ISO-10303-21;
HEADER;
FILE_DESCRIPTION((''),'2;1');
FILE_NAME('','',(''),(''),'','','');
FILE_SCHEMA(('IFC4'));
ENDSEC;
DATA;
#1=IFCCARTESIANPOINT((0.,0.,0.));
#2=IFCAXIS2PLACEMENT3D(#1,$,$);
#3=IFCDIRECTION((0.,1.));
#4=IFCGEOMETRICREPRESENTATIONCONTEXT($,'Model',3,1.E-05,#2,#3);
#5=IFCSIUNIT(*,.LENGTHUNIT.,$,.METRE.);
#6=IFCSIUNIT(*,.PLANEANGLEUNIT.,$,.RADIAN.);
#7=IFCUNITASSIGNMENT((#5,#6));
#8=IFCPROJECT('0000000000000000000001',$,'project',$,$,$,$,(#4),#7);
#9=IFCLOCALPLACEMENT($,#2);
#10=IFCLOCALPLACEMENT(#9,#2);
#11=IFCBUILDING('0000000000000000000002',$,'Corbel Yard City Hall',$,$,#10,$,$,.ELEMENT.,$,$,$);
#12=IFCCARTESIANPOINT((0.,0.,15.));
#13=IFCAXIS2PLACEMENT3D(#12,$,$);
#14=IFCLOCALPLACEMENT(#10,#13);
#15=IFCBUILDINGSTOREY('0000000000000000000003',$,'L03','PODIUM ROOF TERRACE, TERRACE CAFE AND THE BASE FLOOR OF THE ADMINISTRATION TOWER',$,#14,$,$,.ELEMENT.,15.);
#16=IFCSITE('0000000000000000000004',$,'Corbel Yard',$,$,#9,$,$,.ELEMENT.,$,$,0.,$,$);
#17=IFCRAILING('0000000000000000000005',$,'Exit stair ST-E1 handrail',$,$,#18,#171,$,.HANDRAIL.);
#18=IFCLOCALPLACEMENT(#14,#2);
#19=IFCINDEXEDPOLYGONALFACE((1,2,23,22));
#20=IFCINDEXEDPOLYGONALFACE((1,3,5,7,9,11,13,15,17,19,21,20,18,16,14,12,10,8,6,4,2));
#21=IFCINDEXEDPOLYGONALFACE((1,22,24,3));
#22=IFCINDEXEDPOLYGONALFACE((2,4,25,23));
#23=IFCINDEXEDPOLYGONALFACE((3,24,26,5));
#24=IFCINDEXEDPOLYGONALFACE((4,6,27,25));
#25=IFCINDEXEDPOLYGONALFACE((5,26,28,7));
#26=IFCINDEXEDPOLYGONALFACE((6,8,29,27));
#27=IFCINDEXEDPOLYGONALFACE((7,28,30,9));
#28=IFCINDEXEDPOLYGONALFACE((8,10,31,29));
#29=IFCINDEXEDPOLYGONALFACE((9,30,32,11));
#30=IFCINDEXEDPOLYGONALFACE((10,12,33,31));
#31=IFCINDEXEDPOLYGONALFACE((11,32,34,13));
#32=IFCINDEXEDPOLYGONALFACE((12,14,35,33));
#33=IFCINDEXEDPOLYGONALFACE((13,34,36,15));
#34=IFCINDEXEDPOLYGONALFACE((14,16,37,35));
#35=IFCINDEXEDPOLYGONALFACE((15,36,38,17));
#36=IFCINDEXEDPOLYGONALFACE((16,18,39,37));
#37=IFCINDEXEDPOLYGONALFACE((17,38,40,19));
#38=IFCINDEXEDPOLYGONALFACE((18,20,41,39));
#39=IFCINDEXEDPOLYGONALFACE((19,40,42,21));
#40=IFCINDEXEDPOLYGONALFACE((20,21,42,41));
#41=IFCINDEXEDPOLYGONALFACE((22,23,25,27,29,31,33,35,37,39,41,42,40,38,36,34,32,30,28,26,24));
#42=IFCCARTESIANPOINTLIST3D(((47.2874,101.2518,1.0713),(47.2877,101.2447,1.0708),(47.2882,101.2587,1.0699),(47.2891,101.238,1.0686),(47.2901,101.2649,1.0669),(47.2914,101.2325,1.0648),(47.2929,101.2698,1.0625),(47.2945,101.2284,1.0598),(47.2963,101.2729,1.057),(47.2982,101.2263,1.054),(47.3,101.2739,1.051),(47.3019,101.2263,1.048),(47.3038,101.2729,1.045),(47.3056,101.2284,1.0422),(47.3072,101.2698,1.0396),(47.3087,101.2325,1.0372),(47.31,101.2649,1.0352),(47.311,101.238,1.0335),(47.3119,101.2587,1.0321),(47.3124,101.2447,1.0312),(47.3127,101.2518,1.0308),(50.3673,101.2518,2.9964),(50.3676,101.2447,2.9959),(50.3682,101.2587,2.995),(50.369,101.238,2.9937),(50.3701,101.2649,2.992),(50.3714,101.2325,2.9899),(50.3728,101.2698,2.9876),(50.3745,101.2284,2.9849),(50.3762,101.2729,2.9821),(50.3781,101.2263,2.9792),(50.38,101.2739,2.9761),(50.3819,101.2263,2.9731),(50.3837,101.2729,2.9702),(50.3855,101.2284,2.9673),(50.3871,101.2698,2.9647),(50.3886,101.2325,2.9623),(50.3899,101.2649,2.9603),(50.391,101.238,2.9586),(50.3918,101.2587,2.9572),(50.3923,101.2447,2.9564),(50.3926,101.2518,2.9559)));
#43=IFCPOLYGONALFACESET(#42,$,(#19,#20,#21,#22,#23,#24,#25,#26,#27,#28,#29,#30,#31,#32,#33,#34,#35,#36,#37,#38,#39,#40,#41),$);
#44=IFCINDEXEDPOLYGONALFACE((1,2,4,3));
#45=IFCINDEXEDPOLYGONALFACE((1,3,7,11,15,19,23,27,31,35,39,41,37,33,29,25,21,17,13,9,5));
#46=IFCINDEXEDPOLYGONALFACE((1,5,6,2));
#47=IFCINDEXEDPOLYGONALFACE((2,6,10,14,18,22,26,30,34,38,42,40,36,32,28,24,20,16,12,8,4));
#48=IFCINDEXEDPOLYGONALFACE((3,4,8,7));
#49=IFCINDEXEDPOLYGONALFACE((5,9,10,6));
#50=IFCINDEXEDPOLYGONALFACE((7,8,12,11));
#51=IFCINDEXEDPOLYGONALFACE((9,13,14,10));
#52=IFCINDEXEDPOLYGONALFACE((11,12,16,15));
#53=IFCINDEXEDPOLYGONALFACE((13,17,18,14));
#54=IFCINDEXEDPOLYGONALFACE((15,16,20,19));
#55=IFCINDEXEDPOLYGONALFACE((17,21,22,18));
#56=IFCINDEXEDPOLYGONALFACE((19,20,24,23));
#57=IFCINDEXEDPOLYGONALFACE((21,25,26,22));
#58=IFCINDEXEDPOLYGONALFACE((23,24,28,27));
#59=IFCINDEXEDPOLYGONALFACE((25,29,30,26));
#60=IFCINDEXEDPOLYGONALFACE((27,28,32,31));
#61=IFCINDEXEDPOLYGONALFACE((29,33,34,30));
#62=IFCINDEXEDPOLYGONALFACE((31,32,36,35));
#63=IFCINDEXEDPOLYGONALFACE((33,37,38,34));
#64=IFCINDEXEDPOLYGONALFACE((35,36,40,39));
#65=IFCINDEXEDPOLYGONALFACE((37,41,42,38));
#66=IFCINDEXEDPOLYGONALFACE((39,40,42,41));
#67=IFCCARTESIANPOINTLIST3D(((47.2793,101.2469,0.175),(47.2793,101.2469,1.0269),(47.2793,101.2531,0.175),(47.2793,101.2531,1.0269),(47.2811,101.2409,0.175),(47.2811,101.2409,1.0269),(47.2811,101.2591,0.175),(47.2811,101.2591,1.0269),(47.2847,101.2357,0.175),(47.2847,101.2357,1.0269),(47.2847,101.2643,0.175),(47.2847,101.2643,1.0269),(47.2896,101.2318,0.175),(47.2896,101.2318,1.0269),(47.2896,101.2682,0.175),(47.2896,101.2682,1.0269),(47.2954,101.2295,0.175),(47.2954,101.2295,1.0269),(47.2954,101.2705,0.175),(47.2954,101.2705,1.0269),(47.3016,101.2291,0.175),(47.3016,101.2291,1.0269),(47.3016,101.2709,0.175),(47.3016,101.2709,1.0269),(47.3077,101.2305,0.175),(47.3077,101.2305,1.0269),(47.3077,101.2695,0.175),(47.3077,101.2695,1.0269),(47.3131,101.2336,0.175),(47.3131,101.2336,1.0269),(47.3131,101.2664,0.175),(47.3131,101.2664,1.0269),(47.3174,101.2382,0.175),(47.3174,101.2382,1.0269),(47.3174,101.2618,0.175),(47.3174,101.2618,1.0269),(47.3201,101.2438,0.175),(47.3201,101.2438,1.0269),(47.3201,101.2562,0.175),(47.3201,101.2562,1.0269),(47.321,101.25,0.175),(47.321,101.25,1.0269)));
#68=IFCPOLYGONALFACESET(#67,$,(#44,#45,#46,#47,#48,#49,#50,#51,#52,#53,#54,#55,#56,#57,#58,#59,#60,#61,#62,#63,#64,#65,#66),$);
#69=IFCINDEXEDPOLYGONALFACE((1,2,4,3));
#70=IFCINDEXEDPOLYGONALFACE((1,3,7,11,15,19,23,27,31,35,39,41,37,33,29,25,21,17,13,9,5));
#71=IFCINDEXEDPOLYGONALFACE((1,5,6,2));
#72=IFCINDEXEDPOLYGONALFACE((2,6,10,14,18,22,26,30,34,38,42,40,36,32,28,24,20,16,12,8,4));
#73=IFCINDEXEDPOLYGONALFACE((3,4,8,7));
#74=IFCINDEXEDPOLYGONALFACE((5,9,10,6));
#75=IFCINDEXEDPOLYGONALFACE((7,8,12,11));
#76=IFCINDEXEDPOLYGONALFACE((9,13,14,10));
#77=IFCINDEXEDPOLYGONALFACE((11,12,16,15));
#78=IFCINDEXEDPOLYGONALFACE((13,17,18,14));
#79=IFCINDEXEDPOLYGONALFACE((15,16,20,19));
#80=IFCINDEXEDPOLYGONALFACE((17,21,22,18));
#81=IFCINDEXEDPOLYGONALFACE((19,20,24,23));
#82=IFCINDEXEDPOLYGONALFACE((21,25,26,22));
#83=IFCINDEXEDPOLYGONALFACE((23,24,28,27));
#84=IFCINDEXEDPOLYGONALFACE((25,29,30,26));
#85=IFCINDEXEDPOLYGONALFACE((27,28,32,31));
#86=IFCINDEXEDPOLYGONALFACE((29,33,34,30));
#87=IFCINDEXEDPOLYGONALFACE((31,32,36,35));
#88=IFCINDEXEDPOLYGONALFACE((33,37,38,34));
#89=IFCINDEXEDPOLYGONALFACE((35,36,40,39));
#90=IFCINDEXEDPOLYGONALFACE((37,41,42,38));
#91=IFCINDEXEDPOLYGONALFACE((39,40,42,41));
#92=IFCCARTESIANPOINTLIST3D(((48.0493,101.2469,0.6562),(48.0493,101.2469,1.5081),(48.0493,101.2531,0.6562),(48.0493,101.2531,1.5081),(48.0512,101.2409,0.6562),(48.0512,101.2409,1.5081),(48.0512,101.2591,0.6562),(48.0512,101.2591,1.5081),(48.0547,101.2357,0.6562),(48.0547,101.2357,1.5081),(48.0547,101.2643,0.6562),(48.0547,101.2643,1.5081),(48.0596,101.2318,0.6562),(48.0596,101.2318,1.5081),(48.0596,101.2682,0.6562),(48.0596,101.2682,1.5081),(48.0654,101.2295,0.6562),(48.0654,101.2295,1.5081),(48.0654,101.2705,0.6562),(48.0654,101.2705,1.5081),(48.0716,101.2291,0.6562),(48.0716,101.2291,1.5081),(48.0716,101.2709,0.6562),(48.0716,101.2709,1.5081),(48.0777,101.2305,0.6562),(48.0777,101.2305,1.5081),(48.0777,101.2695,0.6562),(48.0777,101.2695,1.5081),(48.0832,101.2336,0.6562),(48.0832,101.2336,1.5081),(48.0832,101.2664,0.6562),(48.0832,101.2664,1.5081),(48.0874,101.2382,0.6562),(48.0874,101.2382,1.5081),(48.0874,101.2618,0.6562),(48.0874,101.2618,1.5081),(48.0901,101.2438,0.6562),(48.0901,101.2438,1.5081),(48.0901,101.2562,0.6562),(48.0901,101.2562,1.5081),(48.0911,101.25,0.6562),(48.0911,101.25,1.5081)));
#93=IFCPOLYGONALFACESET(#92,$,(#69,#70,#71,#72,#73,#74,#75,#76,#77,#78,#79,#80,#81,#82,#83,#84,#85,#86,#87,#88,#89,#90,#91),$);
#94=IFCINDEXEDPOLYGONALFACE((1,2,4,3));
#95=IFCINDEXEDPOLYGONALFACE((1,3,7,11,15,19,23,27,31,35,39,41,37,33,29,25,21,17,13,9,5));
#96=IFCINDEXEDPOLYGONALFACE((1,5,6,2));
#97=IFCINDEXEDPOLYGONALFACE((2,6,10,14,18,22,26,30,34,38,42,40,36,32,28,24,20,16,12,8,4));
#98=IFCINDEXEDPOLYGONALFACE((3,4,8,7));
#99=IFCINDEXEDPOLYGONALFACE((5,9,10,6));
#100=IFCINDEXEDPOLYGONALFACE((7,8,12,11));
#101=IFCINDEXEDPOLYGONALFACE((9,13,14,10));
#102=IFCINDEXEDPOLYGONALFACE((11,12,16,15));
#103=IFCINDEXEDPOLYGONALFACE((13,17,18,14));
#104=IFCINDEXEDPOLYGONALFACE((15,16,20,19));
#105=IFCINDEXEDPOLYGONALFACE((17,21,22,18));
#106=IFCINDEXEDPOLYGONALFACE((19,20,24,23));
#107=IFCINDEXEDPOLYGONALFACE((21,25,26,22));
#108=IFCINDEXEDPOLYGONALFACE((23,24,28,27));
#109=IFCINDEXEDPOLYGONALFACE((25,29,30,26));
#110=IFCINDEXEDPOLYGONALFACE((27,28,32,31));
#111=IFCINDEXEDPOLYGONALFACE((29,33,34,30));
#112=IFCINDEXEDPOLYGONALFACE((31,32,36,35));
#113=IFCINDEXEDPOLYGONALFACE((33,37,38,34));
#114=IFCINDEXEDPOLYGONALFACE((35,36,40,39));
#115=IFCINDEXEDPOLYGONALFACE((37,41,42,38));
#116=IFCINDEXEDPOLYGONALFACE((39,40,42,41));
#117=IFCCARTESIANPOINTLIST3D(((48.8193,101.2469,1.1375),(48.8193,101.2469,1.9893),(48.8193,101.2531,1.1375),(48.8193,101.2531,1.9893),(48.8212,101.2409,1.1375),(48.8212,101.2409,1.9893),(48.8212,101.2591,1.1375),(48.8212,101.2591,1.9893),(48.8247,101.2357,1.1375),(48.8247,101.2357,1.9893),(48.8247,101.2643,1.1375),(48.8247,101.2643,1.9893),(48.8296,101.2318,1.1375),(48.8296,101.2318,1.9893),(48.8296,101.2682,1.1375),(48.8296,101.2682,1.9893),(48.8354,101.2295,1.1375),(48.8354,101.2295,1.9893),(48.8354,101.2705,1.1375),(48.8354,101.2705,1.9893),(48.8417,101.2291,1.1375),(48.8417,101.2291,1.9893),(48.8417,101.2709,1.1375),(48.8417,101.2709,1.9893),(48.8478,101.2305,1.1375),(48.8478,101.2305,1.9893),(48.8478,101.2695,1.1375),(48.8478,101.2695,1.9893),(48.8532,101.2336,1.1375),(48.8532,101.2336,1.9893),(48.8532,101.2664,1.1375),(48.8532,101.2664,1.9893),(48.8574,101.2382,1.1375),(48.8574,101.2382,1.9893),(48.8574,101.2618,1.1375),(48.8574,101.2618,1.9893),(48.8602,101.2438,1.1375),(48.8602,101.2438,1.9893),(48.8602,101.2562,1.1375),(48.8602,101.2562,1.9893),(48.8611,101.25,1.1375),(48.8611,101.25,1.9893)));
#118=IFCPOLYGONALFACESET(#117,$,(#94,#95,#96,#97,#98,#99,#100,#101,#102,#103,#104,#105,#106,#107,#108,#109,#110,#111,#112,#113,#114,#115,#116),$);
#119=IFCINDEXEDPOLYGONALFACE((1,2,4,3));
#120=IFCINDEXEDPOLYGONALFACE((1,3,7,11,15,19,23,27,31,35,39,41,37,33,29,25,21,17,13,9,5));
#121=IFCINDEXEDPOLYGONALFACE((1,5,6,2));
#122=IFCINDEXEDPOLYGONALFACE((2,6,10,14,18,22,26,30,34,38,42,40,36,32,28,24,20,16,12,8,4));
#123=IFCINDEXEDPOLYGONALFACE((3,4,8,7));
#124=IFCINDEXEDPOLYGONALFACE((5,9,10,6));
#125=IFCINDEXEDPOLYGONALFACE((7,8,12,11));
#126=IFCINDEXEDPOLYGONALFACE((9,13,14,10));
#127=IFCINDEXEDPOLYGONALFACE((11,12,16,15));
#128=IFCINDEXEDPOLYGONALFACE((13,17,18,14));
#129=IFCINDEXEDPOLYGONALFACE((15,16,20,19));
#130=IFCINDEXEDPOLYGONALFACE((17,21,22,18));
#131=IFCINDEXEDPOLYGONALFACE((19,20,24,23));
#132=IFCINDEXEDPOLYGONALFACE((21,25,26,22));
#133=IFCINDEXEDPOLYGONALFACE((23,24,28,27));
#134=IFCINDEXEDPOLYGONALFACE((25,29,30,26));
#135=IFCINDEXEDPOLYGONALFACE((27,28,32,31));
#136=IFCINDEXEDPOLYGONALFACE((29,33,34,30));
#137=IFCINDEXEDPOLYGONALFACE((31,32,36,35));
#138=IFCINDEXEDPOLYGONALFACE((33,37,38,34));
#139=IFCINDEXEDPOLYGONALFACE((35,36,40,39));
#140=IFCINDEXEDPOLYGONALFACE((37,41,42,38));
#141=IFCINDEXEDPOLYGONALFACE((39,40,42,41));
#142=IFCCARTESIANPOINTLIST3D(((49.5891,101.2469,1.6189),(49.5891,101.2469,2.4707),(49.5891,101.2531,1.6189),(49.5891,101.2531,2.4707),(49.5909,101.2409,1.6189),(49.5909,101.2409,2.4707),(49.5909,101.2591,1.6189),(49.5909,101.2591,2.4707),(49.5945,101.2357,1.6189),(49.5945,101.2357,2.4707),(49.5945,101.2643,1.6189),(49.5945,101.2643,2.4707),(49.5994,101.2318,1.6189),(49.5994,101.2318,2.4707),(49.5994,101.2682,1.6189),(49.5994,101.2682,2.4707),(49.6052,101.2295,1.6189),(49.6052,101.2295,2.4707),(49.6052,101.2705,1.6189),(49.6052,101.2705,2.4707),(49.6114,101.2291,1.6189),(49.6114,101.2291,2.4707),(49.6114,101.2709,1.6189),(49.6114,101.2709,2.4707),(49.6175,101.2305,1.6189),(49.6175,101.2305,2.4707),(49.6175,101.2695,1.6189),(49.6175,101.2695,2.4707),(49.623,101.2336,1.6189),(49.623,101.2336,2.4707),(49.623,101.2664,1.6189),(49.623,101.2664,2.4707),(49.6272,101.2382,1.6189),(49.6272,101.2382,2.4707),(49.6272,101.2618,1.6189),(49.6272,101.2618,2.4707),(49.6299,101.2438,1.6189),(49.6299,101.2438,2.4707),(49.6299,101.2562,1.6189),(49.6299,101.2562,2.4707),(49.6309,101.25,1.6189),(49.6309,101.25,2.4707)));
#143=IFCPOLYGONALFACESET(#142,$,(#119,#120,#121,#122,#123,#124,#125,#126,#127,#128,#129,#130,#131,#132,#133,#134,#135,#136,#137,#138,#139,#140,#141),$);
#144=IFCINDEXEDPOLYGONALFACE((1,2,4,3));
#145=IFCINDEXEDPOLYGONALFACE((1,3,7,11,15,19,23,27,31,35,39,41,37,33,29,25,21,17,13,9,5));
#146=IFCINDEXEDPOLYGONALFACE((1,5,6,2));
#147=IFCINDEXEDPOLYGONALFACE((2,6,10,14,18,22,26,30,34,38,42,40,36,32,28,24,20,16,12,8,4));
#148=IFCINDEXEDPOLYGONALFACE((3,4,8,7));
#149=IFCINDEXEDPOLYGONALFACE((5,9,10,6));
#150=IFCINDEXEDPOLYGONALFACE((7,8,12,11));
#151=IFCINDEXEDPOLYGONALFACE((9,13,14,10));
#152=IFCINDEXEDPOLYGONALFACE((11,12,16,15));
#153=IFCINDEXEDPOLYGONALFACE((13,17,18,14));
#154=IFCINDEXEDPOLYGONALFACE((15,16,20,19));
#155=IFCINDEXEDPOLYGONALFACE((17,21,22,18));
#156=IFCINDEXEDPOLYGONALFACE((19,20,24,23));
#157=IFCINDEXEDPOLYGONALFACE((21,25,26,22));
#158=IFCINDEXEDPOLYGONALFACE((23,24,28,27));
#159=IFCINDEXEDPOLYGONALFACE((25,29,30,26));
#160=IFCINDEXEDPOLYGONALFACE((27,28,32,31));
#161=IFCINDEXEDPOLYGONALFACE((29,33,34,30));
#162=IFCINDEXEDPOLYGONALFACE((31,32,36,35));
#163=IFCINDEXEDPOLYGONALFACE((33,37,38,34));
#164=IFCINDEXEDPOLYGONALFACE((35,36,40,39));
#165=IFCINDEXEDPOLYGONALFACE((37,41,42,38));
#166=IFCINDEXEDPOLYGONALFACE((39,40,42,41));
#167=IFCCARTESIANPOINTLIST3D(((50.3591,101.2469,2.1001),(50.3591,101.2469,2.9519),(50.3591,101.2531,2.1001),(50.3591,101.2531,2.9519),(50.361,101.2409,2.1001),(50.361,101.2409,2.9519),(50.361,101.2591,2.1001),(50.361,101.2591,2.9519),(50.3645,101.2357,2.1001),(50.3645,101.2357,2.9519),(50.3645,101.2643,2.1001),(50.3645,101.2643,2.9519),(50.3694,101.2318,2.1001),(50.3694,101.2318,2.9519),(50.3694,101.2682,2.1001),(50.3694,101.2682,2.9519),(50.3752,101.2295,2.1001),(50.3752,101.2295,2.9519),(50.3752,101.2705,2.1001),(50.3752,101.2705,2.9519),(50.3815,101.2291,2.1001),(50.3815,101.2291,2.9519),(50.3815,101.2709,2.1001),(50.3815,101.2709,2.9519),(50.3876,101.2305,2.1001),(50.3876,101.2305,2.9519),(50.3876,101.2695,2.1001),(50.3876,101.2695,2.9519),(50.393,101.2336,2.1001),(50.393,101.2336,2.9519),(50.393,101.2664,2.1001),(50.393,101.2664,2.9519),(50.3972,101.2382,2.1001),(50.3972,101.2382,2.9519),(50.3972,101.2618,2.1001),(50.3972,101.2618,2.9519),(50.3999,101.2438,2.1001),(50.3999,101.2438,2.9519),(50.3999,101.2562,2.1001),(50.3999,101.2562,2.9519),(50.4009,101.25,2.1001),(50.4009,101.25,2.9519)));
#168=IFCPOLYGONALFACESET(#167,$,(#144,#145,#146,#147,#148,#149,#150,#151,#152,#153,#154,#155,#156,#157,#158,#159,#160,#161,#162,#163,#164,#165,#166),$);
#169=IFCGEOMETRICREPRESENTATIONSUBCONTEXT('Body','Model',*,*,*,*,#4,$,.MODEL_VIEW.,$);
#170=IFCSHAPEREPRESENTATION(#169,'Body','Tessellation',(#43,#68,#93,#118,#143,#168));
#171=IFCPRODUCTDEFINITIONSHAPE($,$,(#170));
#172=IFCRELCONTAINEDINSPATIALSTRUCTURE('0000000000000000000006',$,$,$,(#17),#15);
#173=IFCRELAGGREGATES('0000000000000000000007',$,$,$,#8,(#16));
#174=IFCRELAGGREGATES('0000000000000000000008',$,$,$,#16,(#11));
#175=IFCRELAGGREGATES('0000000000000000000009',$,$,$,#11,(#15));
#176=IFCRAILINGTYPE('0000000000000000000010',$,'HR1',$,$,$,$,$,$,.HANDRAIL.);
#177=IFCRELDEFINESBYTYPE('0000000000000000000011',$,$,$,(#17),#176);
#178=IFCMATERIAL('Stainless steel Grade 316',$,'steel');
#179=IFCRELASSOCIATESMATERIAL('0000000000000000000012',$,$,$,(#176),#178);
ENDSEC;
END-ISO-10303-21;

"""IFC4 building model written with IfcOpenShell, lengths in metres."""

from ifc_helpers import new_model, si_unit, direction, frame, origin, origin_2d, place, context, subcontext, project, spatial, circle, extrude, material, type_object, element, save


model = new_model("IFC4")

# Units and contexts
model_context = context("Model", 3, precision=1e-05, world=origin(), true_north=direction((0.0, 1.0)))
body_context = subcontext(model_context, "Body", "Model", "MODEL_VIEW")
ifc_project = project(units=[si_unit("LENGTHUNIT", "METRE"), si_unit("PLANEANGLEUNIT", "RADIAN")], contexts=[model_context])

# Site, building, storey
site_placement = place(None, origin())
site = spatial("IfcSite", under=ifc_project, at=site_placement, Name="Corbel Yard", CompositionType="ELEMENT", RefElevation=0.0)
building_placement = place(site_placement, origin())
building = spatial("IfcBuilding", under=site, at=building_placement, Name="Corbel Yard City Hall", CompositionType="ELEMENT")
storey_placement = place(building_placement, frame((0.0, 0.0, 15.0)))
storey = spatial("IfcBuildingStorey", under=building, at=storey_placement, Name="L03", Description="PODIUM ROOF TERRACE, TERRACE CAFE AND THE BASE FLOOR OF THE ADMINISTRATION TOWER", CompositionType="ELEMENT", Elevation=15.0)

# Railing
ifc_material_1 = material(Name="Stainless steel Grade 316", Category="steel")
railing_type = type_object("IfcRailingType", Name="HR1", PredefinedType="HANDRAIL", material=ifc_material_1)
for number, where, name in (
    (1, (47.3, 101.25, 0.175), "Exit stair ST-E1 handrail"),
):
    element("IfcRailing", number, at=place(storey_placement, frame(where)), inside=storey, type_object=railing_type, Name=name, PredefinedType="HANDRAIL", context=body_context, shape_type="SweptSolid", body=[
        extrude(circle(Radius=0.0239, at=origin_2d()), frame((0.0, 0.0, 0.876), z_axis=(0.847979, 0.0, 0.530029), x_axis=(0.0, 1.0, 0.0)), (0.0, 0.0, 1.0), 3.6321),
        extrude(circle(Radius=0.021, at=origin_2d()), origin(), (0.0, 0.0, 1.0), 0.8518),
        extrude(circle(Radius=0.021, at=origin_2d()), frame((0.77, 0.0, 0.4812)), (0.0, 0.0, 1.0), 0.8518),
        extrude(circle(Radius=0.021, at=origin_2d()), frame((1.54, 0.0, 0.9624)), (0.0, 0.0, 1.0), 0.8518),
        extrude(circle(Radius=0.021, at=origin_2d()), frame((2.3098, 0.0, 1.4438)), (0.0, 0.0, 1.0), 0.8518),
        extrude(circle(Radius=0.021, at=origin_2d()), frame((3.0798, 0.0, 1.925)), (0.0, 0.0, 1.0), 0.8518),
    ])

save(model, "model.ifc")
